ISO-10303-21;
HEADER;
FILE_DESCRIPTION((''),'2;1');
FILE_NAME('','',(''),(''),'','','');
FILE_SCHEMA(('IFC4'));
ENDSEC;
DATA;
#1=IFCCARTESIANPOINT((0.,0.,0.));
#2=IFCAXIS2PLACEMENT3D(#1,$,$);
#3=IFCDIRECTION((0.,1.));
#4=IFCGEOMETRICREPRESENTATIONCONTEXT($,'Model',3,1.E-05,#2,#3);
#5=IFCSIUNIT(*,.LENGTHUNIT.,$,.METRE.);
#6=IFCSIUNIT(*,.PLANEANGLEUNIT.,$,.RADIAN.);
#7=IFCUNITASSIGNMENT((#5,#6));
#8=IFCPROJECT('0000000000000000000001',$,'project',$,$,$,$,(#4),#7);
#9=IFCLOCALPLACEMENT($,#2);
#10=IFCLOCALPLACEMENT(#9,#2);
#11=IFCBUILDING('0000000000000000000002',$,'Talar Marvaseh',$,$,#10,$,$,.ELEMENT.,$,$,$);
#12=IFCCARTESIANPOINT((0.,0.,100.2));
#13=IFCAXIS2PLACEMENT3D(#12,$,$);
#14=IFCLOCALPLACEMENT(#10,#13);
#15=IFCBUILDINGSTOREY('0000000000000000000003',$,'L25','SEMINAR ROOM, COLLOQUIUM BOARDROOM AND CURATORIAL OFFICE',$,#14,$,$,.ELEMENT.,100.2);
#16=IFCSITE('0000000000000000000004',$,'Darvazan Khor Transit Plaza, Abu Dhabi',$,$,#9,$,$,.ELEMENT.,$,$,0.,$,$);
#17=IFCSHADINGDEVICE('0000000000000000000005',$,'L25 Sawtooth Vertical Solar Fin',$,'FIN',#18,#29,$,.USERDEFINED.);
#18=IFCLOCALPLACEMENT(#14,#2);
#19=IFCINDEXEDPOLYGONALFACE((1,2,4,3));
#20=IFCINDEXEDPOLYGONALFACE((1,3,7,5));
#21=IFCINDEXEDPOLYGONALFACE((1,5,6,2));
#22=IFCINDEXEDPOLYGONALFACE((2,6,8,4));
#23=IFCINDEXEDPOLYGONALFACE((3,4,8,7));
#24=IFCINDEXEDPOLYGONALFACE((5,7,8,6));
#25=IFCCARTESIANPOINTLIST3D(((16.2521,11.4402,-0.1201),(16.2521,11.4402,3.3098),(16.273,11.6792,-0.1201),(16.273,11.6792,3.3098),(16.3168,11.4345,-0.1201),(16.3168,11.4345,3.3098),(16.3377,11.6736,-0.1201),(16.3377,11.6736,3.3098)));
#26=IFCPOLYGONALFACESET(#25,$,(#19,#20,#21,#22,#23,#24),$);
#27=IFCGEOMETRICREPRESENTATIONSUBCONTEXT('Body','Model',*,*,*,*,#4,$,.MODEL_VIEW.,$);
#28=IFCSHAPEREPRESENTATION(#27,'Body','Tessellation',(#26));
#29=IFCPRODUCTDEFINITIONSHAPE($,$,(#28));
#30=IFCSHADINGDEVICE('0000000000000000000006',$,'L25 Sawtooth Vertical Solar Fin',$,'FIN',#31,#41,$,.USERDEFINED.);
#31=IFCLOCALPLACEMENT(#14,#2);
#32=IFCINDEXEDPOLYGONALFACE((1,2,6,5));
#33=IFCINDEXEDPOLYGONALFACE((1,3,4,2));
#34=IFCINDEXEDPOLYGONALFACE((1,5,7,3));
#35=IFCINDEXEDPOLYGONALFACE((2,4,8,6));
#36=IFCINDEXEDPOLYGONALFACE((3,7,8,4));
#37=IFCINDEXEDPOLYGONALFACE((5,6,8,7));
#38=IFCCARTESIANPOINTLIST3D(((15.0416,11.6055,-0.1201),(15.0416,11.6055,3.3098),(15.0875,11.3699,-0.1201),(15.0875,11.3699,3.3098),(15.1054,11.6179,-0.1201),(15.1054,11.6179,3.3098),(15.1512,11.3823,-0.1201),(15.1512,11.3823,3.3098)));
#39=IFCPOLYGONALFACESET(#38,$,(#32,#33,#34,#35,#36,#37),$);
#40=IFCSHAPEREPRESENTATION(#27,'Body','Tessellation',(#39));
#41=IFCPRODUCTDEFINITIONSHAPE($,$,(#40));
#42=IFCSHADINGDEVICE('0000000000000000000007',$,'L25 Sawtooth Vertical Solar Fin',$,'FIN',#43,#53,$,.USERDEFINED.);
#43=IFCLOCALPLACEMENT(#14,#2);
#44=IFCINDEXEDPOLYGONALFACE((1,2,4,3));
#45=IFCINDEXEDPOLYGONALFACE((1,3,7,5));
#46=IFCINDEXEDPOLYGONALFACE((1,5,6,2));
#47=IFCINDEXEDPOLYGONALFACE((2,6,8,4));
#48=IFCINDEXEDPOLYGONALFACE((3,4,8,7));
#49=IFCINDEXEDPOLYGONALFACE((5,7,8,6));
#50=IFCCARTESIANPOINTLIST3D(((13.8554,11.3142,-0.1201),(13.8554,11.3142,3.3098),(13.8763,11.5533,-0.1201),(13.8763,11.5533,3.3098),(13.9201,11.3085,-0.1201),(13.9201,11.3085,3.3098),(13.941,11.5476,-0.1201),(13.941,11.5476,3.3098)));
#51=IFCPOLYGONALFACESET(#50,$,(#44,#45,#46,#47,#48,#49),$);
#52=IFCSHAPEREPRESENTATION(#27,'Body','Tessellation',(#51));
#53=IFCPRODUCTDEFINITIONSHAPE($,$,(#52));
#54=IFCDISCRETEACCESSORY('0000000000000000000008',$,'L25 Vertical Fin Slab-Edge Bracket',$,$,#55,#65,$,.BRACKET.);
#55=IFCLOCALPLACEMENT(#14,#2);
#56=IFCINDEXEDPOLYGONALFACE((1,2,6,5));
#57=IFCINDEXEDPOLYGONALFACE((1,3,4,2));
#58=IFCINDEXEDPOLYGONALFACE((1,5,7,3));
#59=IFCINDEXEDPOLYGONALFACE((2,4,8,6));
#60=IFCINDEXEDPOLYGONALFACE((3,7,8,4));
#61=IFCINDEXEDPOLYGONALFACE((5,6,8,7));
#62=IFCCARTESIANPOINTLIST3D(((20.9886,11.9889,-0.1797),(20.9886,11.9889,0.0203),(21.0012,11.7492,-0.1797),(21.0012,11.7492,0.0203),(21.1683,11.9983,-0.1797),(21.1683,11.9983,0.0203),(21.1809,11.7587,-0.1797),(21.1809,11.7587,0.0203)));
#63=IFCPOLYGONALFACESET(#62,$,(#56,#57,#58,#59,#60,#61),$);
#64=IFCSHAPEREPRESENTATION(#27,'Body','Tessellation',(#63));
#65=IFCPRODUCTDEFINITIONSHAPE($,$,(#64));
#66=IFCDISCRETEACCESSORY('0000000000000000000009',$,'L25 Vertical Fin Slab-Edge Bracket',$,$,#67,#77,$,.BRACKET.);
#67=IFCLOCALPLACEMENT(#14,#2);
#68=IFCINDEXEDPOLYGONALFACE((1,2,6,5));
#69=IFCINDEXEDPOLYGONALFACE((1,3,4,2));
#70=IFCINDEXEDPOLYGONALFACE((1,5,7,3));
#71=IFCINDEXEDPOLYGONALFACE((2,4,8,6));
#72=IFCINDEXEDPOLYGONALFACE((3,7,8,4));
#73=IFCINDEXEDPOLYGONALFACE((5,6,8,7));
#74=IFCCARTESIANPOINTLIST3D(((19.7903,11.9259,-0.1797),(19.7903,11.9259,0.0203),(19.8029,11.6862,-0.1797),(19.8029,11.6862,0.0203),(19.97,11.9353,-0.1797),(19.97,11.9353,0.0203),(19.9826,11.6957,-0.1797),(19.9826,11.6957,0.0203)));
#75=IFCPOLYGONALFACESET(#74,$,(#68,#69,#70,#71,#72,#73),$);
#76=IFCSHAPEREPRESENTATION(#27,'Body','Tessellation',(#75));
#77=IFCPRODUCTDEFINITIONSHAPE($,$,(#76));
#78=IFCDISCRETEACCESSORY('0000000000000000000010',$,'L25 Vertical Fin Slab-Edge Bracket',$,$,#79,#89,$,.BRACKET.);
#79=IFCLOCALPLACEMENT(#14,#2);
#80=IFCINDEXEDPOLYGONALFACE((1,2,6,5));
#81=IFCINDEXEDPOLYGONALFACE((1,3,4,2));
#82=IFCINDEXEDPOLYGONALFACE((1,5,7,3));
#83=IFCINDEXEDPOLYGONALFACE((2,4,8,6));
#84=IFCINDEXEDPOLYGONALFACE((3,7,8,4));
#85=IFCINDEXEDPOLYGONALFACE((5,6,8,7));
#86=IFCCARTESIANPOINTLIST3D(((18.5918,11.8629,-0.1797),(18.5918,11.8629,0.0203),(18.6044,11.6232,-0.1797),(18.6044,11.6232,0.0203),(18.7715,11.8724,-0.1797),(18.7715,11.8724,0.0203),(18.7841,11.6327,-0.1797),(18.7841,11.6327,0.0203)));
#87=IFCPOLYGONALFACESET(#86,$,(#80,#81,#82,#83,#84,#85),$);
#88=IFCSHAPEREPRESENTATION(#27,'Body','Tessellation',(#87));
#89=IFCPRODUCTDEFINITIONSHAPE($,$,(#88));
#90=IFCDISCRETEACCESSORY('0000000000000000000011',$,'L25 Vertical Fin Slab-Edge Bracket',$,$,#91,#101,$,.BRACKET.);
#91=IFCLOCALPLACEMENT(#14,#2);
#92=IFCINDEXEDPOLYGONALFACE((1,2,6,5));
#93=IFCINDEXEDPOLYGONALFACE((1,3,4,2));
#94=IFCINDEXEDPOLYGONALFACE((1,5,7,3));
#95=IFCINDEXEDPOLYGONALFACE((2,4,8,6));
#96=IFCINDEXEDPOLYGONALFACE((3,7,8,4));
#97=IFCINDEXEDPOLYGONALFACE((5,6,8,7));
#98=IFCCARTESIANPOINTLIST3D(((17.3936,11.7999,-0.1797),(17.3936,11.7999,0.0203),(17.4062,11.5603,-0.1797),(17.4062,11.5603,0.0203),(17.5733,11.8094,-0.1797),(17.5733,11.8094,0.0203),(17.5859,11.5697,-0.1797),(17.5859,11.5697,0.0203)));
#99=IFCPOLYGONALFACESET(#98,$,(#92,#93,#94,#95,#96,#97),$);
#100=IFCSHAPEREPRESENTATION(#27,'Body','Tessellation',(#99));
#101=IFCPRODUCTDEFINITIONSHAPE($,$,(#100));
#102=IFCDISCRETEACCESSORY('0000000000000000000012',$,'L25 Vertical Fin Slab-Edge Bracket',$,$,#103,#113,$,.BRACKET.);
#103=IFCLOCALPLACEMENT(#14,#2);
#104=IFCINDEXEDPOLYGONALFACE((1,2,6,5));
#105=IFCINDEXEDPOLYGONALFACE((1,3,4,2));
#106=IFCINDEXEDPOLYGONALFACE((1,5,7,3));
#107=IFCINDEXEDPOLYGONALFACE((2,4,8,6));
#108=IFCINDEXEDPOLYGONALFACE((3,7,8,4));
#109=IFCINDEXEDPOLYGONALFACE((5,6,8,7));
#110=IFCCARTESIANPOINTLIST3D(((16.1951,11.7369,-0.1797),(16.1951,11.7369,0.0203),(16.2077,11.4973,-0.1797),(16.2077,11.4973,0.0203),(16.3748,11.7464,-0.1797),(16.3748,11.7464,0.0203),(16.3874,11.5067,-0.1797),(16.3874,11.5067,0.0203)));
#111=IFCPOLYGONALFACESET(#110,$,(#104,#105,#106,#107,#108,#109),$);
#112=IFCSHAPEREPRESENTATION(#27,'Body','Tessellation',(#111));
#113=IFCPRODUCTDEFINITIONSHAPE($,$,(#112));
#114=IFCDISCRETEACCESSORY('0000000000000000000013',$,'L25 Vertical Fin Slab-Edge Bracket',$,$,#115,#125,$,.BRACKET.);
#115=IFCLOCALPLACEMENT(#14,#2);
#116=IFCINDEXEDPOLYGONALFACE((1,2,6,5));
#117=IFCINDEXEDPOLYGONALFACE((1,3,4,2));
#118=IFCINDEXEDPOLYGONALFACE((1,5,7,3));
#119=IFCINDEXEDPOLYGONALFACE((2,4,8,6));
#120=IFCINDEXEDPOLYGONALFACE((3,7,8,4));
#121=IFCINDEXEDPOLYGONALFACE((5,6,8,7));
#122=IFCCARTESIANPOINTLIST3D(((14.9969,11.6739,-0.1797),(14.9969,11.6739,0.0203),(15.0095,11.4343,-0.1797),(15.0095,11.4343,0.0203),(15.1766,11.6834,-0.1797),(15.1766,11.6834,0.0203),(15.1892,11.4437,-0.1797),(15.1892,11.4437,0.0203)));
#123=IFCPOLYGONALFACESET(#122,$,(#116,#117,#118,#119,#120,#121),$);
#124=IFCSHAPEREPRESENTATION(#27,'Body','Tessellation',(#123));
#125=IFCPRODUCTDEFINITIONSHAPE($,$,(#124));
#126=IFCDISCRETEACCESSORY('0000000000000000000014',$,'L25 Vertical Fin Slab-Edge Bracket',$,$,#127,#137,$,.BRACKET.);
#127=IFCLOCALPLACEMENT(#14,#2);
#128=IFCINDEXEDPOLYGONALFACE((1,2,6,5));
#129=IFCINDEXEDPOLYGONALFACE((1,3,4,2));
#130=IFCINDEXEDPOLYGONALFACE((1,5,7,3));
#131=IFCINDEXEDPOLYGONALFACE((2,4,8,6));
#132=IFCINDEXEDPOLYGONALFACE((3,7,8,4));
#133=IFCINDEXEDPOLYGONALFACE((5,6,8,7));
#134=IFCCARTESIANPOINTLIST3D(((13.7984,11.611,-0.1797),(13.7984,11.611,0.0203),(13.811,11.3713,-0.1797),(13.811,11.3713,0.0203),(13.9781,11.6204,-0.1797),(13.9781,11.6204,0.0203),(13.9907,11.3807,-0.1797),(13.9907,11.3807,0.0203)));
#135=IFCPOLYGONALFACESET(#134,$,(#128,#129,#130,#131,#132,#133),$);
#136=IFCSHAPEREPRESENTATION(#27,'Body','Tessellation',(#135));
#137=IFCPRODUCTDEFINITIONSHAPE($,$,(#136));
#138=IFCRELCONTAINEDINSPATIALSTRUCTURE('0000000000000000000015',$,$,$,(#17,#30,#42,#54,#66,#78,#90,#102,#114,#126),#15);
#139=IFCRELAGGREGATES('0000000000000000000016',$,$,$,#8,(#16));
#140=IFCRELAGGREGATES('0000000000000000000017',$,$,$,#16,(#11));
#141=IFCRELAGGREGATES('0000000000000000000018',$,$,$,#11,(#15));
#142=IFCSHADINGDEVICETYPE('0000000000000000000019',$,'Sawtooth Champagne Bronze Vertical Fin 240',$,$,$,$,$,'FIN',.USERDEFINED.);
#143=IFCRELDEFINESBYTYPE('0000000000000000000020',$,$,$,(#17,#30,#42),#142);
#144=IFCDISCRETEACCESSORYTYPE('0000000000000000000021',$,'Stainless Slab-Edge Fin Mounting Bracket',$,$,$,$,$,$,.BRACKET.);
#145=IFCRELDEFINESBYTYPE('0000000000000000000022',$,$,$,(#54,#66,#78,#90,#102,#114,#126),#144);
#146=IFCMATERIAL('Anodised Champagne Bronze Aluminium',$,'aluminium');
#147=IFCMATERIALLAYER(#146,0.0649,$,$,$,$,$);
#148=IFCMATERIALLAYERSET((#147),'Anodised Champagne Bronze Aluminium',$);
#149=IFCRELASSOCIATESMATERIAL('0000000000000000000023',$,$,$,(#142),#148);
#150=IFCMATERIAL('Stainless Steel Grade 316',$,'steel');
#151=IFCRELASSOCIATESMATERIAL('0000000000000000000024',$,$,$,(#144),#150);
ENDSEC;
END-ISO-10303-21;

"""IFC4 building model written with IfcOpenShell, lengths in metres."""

from ifc_helpers import new_model, si_unit, direction, frame, origin, origin_2d, place, context, subcontext, project, spatial, rectangle, extrude, source, transform, mapped, material, layer, layer_set, type_object, type_shapes, element, save


model = new_model("IFC4")

# Units and contexts
model_context = context("Model", 3, precision=1e-05, world=origin(), true_north=direction((0.0, 1.0)))
body_context = subcontext(model_context, "Body", "Model", "MODEL_VIEW")
ifc_project = project(units=[si_unit("LENGTHUNIT", "METRE"), si_unit("PLANEANGLEUNIT", "RADIAN")], contexts=[model_context])

# Site, building, storey
site_placement = place(None, origin())
site = spatial("IfcSite", under=ifc_project, at=site_placement, Name="Darvazan Khor Transit Plaza, Abu Dhabi", CompositionType="ELEMENT", RefElevation=0.0)
building_placement = place(site_placement, origin())
building = spatial("IfcBuilding", under=site, at=building_placement, Name="Talar Marvaseh", CompositionType="ELEMENT")
storey_placement = place(building_placement, frame((0.0, 0.0, 100.2)))
storey = spatial("IfcBuildingStorey", under=building, at=storey_placement, Name="L25", Description="SEMINAR ROOM, COLLOQUIUM BOARDROOM AND CURATORIAL OFFICE", CompositionType="ELEMENT", Elevation=100.2)

# Shading devices
ifc_material_1 = material(Name="Anodised Champagne Bronze Aluminium", Category="aluminium")
ifc_layer_1 = layer(ifc_material_1, 0.0649)
ifc_layer_set_1 = layer_set([ifc_layer_1], Name="Anodised Champagne Bronze Aluminium")
shading_device_type = type_object("IfcShadingDeviceType", Name="Sawtooth Champagne Bronze Vertical Fin 240", ElementType="FIN", PredefinedType="USERDEFINED", material=ifc_layer_set_1)
shared_shape_1 = source(origin(), body_context, "Body", "SweptSolid", [
    extrude(rectangle(XDim=0.24, YDim=0.0649, at=origin_2d()), origin(), (0.0, 0.0, 1.0), 3.4299),
])
type_shapes(shading_device_type, [shared_shape_1])
for number, where, z_axis, x_axis, name in (
    (1, (16.2949, 11.5569, -0.1201), (0.0, 0.0, 1.0), (-0.086982, -0.99621, 0.0), "L25 Sawtooth Vertical Solar Fin"),
    (2, (15.0964, 11.4939, -0.1201), (0.0, 0.0, 1.0), (0.19098, -0.981594, 0.0), "L25 Sawtooth Vertical Solar Fin"),
    (3, (13.8982, 11.4309, -0.1201), (0.0, 0.0, 1.0), (-0.086982, -0.99621, 0.0), "L25 Sawtooth Vertical Solar Fin"),
):
    element("IfcShadingDevice", number, at=place(storey_placement, frame(where, z_axis=z_axis, x_axis=x_axis)), inside=storey, type_object=shading_device_type, Name=name, ObjectType="FIN", PredefinedType="USERDEFINED", context=body_context, shape_type="MappedRepresentation", body=[
        mapped(shared_shape_1, transform((0.0, 0.0, 0.0), x_axis=(1.0, 0.0, 0.0), y_axis=(0.0, 1.0, 0.0), z_axis=(0.0, 0.0, 1.0), scale=1.0)),
    ])

# Discrete accessories
ifc_material_2 = material(Name="Stainless Steel Grade 316", Category="steel")
discrete_accessory_type = type_object("IfcDiscreteAccessoryType", Name="Stainless Slab-Edge Fin Mounting Bracket", PredefinedType="BRACKET", material=ifc_material_2)
shared_shape_2 = source(origin(), body_context, "Body", "SweptSolid", [
    extrude(rectangle(XDim=0.24, YDim=0.1799, at=origin_2d()), origin(), (0.0, 0.0, 1.0), 0.2),
])
type_shapes(discrete_accessory_type, [shared_shape_2])
for number, where, z_axis, x_axis, name in (
    (4, (21.0847, 11.8738, -0.1797), (0.0, 0.0, 1.0), (0.05251, -0.99862, 0.0), "L25 Vertical Fin Slab-Edge Bracket"),
    (5, (19.8865, 11.8108, -0.1797), (0.0, 0.0, 1.0), (0.05251, -0.99862, 0.0), "L25 Vertical Fin Slab-Edge Bracket"),
    (6, (18.688, 11.7478, -0.1797), (0.0, 0.0, 1.0), (0.05251, -0.99862, 0.0), "L25 Vertical Fin Slab-Edge Bracket"),
    (7, (17.4897, 11.6848, -0.1797), (0.0, 0.0, 1.0), (0.05251, -0.99862, 0.0), "L25 Vertical Fin Slab-Edge Bracket"),
    (8, (16.2913, 11.6218, -0.1797), (0.0, 0.0, 1.0), (0.05251, -0.99862, 0.0), "L25 Vertical Fin Slab-Edge Bracket"),
    (9, (15.093, 11.5588, -0.1797), (0.0, 0.0, 1.0), (0.05251, -0.99862, 0.0), "L25 Vertical Fin Slab-Edge Bracket"),
    (10, (13.8945, 11.4958, -0.1797), (0.0, 0.0, 1.0), (0.05251, -0.99862, 0.0), "L25 Vertical Fin Slab-Edge Bracket"),
):
    element("IfcDiscreteAccessory", number, at=place(storey_placement, frame(where, z_axis=z_axis, x_axis=x_axis)), inside=storey, type_object=discrete_accessory_type, Name=name, PredefinedType="BRACKET", context=body_context, shape_type="MappedRepresentation", body=[
        mapped(shared_shape_2, transform((0.0, 0.0, 0.0), x_axis=(1.0, 0.0, 0.0), y_axis=(0.0, 1.0, 0.0), z_axis=(0.0, 0.0, 1.0), scale=1.0)),
    ])

save(model, "model.ifc")
